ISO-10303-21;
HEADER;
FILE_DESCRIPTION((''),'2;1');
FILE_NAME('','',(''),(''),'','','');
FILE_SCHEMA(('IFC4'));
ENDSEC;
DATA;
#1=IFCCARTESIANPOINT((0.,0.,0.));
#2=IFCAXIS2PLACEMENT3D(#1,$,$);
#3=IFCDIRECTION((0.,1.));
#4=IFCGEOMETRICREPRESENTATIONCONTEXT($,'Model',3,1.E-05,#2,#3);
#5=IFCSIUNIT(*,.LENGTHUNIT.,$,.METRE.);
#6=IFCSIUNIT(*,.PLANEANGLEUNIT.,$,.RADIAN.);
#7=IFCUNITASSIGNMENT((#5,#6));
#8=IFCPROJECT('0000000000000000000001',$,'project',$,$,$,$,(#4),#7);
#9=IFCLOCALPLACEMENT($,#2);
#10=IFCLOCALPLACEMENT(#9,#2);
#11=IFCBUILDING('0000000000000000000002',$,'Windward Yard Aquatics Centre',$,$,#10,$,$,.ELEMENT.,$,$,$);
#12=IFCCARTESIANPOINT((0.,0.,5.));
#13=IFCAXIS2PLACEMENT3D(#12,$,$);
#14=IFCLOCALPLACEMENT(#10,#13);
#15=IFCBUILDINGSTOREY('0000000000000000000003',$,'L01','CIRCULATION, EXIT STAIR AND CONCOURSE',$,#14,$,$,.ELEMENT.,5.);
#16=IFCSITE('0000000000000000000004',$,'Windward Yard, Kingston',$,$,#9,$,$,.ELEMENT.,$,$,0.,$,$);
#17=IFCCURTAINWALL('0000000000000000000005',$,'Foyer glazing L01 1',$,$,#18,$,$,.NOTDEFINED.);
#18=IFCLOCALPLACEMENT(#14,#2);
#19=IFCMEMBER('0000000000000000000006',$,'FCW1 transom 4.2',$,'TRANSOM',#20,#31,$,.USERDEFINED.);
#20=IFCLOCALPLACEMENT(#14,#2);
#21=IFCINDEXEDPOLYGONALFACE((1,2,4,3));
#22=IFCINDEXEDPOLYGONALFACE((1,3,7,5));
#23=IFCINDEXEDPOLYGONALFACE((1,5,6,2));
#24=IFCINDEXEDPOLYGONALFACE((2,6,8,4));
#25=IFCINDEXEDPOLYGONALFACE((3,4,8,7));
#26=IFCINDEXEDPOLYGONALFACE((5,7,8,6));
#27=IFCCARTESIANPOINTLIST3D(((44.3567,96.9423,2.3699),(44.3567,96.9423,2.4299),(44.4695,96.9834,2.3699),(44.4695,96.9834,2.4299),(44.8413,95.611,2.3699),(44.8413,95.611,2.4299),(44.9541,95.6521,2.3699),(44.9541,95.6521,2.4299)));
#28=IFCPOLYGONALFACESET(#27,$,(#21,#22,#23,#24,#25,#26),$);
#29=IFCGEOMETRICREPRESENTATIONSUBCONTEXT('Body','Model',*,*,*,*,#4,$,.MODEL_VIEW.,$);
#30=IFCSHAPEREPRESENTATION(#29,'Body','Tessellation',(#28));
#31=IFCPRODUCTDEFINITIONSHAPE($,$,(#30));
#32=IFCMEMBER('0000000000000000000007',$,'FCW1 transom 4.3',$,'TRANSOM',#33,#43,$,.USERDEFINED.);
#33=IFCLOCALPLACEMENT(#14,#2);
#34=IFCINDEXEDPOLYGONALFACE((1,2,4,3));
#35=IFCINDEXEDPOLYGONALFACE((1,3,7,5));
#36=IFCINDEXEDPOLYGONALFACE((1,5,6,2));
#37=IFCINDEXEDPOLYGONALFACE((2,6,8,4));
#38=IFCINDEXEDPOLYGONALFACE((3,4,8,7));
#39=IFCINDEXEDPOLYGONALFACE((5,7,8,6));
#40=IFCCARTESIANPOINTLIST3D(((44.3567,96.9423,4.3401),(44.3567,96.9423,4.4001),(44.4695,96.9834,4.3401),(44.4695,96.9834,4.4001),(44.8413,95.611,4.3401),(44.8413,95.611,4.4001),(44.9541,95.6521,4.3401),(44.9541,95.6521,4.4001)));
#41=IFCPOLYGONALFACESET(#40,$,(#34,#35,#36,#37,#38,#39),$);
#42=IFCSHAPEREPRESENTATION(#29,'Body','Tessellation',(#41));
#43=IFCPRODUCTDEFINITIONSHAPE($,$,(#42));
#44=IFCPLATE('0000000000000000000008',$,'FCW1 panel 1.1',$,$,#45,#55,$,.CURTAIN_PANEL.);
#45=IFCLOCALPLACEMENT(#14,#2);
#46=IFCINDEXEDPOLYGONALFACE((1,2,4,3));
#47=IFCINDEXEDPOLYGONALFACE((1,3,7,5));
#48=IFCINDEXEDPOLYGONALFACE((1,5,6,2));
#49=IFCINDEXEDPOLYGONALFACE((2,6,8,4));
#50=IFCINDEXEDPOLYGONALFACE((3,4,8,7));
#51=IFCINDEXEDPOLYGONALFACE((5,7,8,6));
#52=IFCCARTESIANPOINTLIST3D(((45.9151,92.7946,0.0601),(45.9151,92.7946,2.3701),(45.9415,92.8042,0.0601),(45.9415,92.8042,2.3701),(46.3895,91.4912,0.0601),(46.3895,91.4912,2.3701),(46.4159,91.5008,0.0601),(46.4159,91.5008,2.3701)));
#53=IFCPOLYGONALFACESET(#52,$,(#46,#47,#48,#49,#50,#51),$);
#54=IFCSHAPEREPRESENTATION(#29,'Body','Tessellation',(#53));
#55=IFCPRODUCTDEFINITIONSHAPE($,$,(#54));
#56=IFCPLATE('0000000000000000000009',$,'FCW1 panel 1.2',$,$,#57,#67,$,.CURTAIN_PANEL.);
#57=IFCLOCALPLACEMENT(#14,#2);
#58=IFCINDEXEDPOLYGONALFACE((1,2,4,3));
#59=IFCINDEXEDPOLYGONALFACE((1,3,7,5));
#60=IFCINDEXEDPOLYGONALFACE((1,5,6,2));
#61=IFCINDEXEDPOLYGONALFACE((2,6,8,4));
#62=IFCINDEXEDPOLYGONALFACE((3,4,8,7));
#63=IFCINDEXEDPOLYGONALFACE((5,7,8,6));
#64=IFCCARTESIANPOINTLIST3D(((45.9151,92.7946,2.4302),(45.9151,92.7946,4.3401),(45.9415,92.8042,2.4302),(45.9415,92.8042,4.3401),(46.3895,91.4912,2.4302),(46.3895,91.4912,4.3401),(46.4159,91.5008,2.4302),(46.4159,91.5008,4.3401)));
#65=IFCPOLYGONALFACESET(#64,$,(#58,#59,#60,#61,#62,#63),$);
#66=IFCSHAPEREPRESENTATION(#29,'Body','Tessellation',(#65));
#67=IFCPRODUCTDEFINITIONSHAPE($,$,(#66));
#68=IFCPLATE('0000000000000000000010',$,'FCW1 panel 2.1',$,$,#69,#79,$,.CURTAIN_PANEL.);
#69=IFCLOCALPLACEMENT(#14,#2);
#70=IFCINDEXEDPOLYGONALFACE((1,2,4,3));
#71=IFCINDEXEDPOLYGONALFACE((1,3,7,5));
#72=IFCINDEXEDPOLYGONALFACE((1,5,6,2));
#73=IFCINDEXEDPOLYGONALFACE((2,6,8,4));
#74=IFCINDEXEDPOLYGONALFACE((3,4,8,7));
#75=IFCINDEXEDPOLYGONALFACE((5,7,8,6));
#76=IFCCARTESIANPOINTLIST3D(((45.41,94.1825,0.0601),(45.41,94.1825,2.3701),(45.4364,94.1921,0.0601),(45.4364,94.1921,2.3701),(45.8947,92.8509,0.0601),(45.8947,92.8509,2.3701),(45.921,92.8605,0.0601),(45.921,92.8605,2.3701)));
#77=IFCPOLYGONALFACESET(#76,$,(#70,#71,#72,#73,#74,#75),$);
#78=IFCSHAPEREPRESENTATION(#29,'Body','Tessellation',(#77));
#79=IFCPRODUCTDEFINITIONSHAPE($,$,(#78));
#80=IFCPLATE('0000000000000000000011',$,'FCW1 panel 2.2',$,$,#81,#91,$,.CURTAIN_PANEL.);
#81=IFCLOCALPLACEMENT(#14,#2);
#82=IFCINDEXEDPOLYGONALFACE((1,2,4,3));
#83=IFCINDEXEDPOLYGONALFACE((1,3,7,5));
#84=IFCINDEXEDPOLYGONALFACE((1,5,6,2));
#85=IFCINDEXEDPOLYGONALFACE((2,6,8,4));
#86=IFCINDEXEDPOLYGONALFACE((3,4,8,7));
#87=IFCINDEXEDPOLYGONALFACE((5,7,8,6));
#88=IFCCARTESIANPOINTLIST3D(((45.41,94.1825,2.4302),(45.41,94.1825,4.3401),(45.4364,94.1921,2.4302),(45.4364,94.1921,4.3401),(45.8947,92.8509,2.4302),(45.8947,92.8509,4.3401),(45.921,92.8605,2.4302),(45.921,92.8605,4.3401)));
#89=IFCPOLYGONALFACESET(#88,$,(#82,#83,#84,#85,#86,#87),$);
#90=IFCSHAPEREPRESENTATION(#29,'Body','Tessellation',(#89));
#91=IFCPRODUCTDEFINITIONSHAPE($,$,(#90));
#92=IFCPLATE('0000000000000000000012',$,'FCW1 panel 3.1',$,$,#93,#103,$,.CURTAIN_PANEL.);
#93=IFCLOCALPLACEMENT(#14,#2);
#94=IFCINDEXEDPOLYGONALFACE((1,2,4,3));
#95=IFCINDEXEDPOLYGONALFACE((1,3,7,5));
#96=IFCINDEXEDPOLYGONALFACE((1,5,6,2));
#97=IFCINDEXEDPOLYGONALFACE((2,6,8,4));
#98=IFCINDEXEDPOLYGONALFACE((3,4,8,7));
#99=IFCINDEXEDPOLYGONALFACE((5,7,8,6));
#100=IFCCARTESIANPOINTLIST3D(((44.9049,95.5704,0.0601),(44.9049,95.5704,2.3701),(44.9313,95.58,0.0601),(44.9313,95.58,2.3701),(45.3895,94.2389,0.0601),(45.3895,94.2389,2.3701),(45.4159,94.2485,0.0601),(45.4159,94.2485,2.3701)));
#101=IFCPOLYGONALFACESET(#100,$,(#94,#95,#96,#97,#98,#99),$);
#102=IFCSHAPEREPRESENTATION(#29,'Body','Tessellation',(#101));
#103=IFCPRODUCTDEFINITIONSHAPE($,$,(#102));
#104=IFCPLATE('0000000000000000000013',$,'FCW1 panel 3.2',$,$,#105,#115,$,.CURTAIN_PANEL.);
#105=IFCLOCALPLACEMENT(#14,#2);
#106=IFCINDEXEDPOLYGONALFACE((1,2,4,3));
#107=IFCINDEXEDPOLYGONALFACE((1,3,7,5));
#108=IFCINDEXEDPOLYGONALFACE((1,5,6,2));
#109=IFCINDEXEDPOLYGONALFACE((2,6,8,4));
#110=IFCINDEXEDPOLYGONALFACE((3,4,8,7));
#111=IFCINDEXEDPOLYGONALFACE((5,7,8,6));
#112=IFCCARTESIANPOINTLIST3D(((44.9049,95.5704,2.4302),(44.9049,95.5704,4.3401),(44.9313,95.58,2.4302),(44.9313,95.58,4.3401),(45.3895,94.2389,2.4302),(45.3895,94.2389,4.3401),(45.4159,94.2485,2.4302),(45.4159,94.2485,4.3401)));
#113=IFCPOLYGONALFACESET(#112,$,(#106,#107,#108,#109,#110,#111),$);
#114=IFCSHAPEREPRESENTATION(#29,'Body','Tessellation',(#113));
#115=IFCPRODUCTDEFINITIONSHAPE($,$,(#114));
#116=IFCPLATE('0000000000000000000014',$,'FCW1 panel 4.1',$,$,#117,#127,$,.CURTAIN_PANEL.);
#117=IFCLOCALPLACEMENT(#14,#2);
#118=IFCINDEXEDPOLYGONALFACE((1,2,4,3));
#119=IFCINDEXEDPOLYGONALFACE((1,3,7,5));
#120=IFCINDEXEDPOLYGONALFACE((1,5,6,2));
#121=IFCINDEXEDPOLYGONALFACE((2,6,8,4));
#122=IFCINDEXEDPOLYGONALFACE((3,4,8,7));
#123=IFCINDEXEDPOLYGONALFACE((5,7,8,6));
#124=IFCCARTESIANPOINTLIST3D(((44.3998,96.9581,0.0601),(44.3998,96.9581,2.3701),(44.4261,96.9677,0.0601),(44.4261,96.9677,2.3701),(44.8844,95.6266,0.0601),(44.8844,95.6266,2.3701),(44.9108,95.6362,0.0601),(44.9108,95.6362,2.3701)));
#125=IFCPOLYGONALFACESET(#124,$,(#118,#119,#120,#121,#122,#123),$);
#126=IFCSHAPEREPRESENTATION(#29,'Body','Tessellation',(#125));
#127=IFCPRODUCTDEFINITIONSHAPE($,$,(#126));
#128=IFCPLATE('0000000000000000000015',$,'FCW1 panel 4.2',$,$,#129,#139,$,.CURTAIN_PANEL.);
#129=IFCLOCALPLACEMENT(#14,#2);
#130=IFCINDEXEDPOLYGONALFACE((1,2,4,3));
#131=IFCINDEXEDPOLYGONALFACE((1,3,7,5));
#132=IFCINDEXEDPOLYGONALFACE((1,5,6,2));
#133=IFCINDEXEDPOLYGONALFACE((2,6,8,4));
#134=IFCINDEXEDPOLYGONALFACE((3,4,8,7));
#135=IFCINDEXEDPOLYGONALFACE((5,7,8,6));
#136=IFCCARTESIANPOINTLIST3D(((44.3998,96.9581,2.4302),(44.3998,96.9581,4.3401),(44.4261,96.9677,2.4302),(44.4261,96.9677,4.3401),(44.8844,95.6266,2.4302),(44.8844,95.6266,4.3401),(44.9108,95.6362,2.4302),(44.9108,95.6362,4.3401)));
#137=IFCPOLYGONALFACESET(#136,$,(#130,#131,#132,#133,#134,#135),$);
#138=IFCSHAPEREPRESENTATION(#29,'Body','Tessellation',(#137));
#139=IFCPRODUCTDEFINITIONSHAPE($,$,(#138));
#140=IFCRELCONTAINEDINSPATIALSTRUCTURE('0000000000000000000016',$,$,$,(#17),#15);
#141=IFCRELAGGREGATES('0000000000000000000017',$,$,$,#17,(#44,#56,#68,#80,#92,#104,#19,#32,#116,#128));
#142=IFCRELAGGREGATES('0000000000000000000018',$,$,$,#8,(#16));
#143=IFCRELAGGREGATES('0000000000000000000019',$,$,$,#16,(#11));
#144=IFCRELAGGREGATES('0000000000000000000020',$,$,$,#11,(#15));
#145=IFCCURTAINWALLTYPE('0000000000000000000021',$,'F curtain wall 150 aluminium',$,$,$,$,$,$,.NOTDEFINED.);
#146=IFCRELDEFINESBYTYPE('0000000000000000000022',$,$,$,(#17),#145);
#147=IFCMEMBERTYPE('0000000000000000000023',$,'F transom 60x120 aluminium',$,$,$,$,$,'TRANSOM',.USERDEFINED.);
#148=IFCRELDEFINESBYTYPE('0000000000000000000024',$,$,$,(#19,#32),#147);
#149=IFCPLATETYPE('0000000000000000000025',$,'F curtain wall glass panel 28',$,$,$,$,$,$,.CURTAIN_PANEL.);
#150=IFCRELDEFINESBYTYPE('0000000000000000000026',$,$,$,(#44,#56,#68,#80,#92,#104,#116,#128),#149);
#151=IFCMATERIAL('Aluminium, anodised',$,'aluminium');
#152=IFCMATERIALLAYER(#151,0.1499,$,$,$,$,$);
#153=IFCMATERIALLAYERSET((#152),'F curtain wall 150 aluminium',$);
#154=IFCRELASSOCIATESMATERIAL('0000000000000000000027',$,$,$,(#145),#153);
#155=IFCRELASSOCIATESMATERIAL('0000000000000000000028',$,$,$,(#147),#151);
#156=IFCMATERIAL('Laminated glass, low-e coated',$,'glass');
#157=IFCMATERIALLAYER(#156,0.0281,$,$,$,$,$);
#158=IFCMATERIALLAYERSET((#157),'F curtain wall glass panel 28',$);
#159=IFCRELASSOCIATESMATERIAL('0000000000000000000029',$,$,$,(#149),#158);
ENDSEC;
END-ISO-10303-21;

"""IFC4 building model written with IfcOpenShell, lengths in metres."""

from ifc_helpers import new_model, si_unit, direction, frame, origin, origin_2d, place, context, subcontext, project, spatial, rectangle, extrude, material, layer, layer_set, material_profile, profile_set, type_object, element, aggregate, save


model = new_model("IFC4")

# Units and contexts
model_context = context("Model", 3, precision=1e-05, world=origin(), true_north=direction((0.0, 1.0)))
body_context = subcontext(model_context, "Body", "Model", "MODEL_VIEW")
ifc_project = project(units=[si_unit("LENGTHUNIT", "METRE"), si_unit("PLANEANGLEUNIT", "RADIAN")], contexts=[model_context])

# Site, building, storey
site_placement = place(None, origin())
site = spatial("IfcSite", under=ifc_project, at=site_placement, Name="Windward Yard, Kingston", CompositionType="ELEMENT", RefElevation=0.0)
building_placement = place(site_placement, origin())
building = spatial("IfcBuilding", under=site, at=building_placement, Name="Windward Yard Aquatics Centre", CompositionType="ELEMENT")
storey_placement = place(building_placement, frame((0.0, 0.0, 5.0)))
storey = spatial("IfcBuildingStorey", under=building, at=storey_placement, Name="L01", Description="CIRCULATION, EXIT STAIR AND CONCOURSE", CompositionType="ELEMENT", Elevation=5.0)

# Curtain wall, members, plates
ifc_material_1 = material(Name="Aluminium, anodised", Category="aluminium")
ifc_layer_1 = layer(ifc_material_1, 0.1499)
ifc_layer_set_1 = layer_set([ifc_layer_1], Name="F curtain wall 150 aluminium")
curtain_wall_type = type_object("IfcCurtainWallType", Name="F curtain wall 150 aluminium", PredefinedType="NOTDEFINED", material=ifc_layer_set_1)
curtain_wall_placement = place(storey_placement, origin())
curtain_wall = element("IfcCurtainWall", 1, at=curtain_wall_placement, inside=storey, type_object=curtain_wall_type, Name="Foyer glazing L01 1", PredefinedType="NOTDEFINED")
ifc_material_profile_1 = material_profile(ifc_material_1, rectangle(XDim=0.1201, YDim=0.0601, at=origin_2d()), Name="TRANSOM 60x120")
ifc_profile_set_1 = profile_set([ifc_material_profile_1], Name="Aluminium, anodised")
member_type_1 = type_object("IfcMemberType", Name="F transom 60x120 aluminium", ElementType="TRANSOM", PredefinedType="USERDEFINED", material=ifc_profile_set_1)
member_1_placement = place(storey_placement, frame((44.8977, 95.6316, 2.3999), z_axis=(-0.342061, 0.939678, 0.0), x_axis=(-0.939678, -0.342061, 0.0)))
member_1 = element("IfcMember", 2, at=member_1_placement, type_object=member_type_1, Name="FCW1 transom 4.2", ObjectType="TRANSOM", PredefinedType="USERDEFINED", context=body_context, shape_type="SweptSolid", body=[
    extrude(rectangle(XDim=0.1201, YDim=0.0601, at=origin_2d()), origin(), (0.0, 0.0, 1.0), 1.4167),
])
member_2_placement = place(storey_placement, frame((44.8977, 95.6316, 4.3701), z_axis=(-0.342061, 0.939678, 0.0), x_axis=(-0.939678, -0.342061, 0.0)))
member_2 = element("IfcMember", 3, at=member_2_placement, type_object=member_type_1, Name="FCW1 transom 4.3", ObjectType="TRANSOM", PredefinedType="USERDEFINED", context=body_context, shape_type="SweptSolid", body=[
    extrude(rectangle(XDim=0.1201, YDim=0.0601, at=origin_2d()), origin(), (0.0, 0.0, 1.0), 1.4167),
])
ifc_material_2 = material(Name="Laminated glass, low-e coated", Category="glass")
ifc_layer_2 = layer(ifc_material_2, 0.0281)
ifc_layer_set_2 = layer_set([ifc_layer_2], Name="F curtain wall glass panel 28")
plate_type = type_object("IfcPlateType", Name="F curtain wall glass panel 28", PredefinedType="CURTAIN_PANEL", material=ifc_layer_set_2)
plate_1_placement = place(storey_placement, frame((46.1655, 92.1477, 0.0601), z_axis=(0.0, 0.0, 1.0), x_axis=(-0.342025, 0.939691, 0.0)))
plate_1 = element("IfcPlate", 4, at=plate_1_placement, type_object=plate_type, Name="FCW1 panel 1.1", PredefinedType="CURTAIN_PANEL", context=body_context, shape_type="SweptSolid", body=[
    extrude(rectangle(XDim=1.387, YDim=0.0281, at=origin_2d()), origin(), (0.0, 0.0, 1.0), 2.3101),
])
plate_2_placement = place(storey_placement, frame((46.1655, 92.1477, 2.4302), z_axis=(0.0, 0.0, 1.0), x_axis=(-0.342025, 0.939691, 0.0)))
plate_2 = element("IfcPlate", 5, at=plate_2_placement, type_object=plate_type, Name="FCW1 panel 1.2", PredefinedType="CURTAIN_PANEL", context=body_context, shape_type="SweptSolid", body=[
    extrude(rectangle(XDim=1.387, YDim=0.0281, at=origin_2d()), origin(), (0.0, 0.0, 1.0), 1.9099),
])
plate_3_placement = place(storey_placement, frame((45.6655, 93.5215, 0.0601), z_axis=(0.0, 0.0, 1.0), x_axis=(-0.342025, 0.939691, 0.0)))
plate_3 = element("IfcPlate", 6, at=plate_3_placement, type_object=plate_type, Name="FCW1 panel 2.1", PredefinedType="CURTAIN_PANEL", context=body_context, shape_type="SweptSolid", body=[
    extrude(rectangle(XDim=1.417, YDim=0.0281, at=origin_2d()), origin(), (0.0, 0.0, 1.0), 2.3101),
])
plate_4_placement = place(storey_placement, frame((45.6655, 93.5215, 2.4302), z_axis=(0.0, 0.0, 1.0), x_axis=(-0.342025, 0.939691, 0.0)))
plate_4 = element("IfcPlate", 7, at=plate_4_placement, type_object=plate_type, Name="FCW1 panel 2.2", PredefinedType="CURTAIN_PANEL", context=body_context, shape_type="SweptSolid", body=[
    extrude(rectangle(XDim=1.417, YDim=0.0281, at=origin_2d()), origin(), (0.0, 0.0, 1.0), 1.9099),
])
plate_5_placement = place(storey_placement, frame((45.1604, 94.9094, 0.0601), z_axis=(0.0, 0.0, 1.0), x_axis=(-0.342025, 0.939691, 0.0)))
plate_5 = element("IfcPlate", 8, at=plate_5_placement, type_object=plate_type, Name="FCW1 panel 3.1", PredefinedType="CURTAIN_PANEL", context=body_context, shape_type="SweptSolid", body=[
    extrude(rectangle(XDim=1.417, YDim=0.0281, at=origin_2d()), origin(), (0.0, 0.0, 1.0), 2.3101),
])
plate_6_placement = place(storey_placement, frame((45.1604, 94.9094, 2.4302), z_axis=(0.0, 0.0, 1.0), x_axis=(-0.342025, 0.939691, 0.0)))
plate_6 = element("IfcPlate", 9, at=plate_6_placement, type_object=plate_type, Name="FCW1 panel 3.2", PredefinedType="CURTAIN_PANEL", context=body_context, shape_type="SweptSolid", body=[
    extrude(rectangle(XDim=1.417, YDim=0.0281, at=origin_2d()), origin(), (0.0, 0.0, 1.0), 1.9099),
])
plate_7_placement = place(storey_placement, frame((44.6553, 96.2971, 0.0601), z_axis=(0.0, 0.0, 1.0), x_axis=(-0.342025, 0.939691, 0.0)))
plate_7 = element("IfcPlate", 10, at=plate_7_placement, type_object=plate_type, Name="FCW1 panel 4.1", PredefinedType="CURTAIN_PANEL", context=body_context, shape_type="SweptSolid", body=[
    extrude(rectangle(XDim=1.417, YDim=0.0281, at=origin_2d()), origin(), (0.0, 0.0, 1.0), 2.3101),
])
plate_8_placement = place(storey_placement, frame((44.6553, 96.2971, 2.4302), z_axis=(0.0, 0.0, 1.0), x_axis=(-0.342025, 0.939691, 0.0)))
plate_8 = element("IfcPlate", 11, at=plate_8_placement, type_object=plate_type, Name="FCW1 panel 4.2", PredefinedType="CURTAIN_PANEL", context=body_context, shape_type="SweptSolid", body=[
    extrude(rectangle(XDim=1.417, YDim=0.0281, at=origin_2d()), origin(), (0.0, 0.0, 1.0), 1.9099),
])
aggregate(curtain_wall, [plate_1, plate_2, plate_3, plate_4, plate_5, plate_6, member_1, member_2, plate_7, plate_8])

save(model, "model.ifc")
